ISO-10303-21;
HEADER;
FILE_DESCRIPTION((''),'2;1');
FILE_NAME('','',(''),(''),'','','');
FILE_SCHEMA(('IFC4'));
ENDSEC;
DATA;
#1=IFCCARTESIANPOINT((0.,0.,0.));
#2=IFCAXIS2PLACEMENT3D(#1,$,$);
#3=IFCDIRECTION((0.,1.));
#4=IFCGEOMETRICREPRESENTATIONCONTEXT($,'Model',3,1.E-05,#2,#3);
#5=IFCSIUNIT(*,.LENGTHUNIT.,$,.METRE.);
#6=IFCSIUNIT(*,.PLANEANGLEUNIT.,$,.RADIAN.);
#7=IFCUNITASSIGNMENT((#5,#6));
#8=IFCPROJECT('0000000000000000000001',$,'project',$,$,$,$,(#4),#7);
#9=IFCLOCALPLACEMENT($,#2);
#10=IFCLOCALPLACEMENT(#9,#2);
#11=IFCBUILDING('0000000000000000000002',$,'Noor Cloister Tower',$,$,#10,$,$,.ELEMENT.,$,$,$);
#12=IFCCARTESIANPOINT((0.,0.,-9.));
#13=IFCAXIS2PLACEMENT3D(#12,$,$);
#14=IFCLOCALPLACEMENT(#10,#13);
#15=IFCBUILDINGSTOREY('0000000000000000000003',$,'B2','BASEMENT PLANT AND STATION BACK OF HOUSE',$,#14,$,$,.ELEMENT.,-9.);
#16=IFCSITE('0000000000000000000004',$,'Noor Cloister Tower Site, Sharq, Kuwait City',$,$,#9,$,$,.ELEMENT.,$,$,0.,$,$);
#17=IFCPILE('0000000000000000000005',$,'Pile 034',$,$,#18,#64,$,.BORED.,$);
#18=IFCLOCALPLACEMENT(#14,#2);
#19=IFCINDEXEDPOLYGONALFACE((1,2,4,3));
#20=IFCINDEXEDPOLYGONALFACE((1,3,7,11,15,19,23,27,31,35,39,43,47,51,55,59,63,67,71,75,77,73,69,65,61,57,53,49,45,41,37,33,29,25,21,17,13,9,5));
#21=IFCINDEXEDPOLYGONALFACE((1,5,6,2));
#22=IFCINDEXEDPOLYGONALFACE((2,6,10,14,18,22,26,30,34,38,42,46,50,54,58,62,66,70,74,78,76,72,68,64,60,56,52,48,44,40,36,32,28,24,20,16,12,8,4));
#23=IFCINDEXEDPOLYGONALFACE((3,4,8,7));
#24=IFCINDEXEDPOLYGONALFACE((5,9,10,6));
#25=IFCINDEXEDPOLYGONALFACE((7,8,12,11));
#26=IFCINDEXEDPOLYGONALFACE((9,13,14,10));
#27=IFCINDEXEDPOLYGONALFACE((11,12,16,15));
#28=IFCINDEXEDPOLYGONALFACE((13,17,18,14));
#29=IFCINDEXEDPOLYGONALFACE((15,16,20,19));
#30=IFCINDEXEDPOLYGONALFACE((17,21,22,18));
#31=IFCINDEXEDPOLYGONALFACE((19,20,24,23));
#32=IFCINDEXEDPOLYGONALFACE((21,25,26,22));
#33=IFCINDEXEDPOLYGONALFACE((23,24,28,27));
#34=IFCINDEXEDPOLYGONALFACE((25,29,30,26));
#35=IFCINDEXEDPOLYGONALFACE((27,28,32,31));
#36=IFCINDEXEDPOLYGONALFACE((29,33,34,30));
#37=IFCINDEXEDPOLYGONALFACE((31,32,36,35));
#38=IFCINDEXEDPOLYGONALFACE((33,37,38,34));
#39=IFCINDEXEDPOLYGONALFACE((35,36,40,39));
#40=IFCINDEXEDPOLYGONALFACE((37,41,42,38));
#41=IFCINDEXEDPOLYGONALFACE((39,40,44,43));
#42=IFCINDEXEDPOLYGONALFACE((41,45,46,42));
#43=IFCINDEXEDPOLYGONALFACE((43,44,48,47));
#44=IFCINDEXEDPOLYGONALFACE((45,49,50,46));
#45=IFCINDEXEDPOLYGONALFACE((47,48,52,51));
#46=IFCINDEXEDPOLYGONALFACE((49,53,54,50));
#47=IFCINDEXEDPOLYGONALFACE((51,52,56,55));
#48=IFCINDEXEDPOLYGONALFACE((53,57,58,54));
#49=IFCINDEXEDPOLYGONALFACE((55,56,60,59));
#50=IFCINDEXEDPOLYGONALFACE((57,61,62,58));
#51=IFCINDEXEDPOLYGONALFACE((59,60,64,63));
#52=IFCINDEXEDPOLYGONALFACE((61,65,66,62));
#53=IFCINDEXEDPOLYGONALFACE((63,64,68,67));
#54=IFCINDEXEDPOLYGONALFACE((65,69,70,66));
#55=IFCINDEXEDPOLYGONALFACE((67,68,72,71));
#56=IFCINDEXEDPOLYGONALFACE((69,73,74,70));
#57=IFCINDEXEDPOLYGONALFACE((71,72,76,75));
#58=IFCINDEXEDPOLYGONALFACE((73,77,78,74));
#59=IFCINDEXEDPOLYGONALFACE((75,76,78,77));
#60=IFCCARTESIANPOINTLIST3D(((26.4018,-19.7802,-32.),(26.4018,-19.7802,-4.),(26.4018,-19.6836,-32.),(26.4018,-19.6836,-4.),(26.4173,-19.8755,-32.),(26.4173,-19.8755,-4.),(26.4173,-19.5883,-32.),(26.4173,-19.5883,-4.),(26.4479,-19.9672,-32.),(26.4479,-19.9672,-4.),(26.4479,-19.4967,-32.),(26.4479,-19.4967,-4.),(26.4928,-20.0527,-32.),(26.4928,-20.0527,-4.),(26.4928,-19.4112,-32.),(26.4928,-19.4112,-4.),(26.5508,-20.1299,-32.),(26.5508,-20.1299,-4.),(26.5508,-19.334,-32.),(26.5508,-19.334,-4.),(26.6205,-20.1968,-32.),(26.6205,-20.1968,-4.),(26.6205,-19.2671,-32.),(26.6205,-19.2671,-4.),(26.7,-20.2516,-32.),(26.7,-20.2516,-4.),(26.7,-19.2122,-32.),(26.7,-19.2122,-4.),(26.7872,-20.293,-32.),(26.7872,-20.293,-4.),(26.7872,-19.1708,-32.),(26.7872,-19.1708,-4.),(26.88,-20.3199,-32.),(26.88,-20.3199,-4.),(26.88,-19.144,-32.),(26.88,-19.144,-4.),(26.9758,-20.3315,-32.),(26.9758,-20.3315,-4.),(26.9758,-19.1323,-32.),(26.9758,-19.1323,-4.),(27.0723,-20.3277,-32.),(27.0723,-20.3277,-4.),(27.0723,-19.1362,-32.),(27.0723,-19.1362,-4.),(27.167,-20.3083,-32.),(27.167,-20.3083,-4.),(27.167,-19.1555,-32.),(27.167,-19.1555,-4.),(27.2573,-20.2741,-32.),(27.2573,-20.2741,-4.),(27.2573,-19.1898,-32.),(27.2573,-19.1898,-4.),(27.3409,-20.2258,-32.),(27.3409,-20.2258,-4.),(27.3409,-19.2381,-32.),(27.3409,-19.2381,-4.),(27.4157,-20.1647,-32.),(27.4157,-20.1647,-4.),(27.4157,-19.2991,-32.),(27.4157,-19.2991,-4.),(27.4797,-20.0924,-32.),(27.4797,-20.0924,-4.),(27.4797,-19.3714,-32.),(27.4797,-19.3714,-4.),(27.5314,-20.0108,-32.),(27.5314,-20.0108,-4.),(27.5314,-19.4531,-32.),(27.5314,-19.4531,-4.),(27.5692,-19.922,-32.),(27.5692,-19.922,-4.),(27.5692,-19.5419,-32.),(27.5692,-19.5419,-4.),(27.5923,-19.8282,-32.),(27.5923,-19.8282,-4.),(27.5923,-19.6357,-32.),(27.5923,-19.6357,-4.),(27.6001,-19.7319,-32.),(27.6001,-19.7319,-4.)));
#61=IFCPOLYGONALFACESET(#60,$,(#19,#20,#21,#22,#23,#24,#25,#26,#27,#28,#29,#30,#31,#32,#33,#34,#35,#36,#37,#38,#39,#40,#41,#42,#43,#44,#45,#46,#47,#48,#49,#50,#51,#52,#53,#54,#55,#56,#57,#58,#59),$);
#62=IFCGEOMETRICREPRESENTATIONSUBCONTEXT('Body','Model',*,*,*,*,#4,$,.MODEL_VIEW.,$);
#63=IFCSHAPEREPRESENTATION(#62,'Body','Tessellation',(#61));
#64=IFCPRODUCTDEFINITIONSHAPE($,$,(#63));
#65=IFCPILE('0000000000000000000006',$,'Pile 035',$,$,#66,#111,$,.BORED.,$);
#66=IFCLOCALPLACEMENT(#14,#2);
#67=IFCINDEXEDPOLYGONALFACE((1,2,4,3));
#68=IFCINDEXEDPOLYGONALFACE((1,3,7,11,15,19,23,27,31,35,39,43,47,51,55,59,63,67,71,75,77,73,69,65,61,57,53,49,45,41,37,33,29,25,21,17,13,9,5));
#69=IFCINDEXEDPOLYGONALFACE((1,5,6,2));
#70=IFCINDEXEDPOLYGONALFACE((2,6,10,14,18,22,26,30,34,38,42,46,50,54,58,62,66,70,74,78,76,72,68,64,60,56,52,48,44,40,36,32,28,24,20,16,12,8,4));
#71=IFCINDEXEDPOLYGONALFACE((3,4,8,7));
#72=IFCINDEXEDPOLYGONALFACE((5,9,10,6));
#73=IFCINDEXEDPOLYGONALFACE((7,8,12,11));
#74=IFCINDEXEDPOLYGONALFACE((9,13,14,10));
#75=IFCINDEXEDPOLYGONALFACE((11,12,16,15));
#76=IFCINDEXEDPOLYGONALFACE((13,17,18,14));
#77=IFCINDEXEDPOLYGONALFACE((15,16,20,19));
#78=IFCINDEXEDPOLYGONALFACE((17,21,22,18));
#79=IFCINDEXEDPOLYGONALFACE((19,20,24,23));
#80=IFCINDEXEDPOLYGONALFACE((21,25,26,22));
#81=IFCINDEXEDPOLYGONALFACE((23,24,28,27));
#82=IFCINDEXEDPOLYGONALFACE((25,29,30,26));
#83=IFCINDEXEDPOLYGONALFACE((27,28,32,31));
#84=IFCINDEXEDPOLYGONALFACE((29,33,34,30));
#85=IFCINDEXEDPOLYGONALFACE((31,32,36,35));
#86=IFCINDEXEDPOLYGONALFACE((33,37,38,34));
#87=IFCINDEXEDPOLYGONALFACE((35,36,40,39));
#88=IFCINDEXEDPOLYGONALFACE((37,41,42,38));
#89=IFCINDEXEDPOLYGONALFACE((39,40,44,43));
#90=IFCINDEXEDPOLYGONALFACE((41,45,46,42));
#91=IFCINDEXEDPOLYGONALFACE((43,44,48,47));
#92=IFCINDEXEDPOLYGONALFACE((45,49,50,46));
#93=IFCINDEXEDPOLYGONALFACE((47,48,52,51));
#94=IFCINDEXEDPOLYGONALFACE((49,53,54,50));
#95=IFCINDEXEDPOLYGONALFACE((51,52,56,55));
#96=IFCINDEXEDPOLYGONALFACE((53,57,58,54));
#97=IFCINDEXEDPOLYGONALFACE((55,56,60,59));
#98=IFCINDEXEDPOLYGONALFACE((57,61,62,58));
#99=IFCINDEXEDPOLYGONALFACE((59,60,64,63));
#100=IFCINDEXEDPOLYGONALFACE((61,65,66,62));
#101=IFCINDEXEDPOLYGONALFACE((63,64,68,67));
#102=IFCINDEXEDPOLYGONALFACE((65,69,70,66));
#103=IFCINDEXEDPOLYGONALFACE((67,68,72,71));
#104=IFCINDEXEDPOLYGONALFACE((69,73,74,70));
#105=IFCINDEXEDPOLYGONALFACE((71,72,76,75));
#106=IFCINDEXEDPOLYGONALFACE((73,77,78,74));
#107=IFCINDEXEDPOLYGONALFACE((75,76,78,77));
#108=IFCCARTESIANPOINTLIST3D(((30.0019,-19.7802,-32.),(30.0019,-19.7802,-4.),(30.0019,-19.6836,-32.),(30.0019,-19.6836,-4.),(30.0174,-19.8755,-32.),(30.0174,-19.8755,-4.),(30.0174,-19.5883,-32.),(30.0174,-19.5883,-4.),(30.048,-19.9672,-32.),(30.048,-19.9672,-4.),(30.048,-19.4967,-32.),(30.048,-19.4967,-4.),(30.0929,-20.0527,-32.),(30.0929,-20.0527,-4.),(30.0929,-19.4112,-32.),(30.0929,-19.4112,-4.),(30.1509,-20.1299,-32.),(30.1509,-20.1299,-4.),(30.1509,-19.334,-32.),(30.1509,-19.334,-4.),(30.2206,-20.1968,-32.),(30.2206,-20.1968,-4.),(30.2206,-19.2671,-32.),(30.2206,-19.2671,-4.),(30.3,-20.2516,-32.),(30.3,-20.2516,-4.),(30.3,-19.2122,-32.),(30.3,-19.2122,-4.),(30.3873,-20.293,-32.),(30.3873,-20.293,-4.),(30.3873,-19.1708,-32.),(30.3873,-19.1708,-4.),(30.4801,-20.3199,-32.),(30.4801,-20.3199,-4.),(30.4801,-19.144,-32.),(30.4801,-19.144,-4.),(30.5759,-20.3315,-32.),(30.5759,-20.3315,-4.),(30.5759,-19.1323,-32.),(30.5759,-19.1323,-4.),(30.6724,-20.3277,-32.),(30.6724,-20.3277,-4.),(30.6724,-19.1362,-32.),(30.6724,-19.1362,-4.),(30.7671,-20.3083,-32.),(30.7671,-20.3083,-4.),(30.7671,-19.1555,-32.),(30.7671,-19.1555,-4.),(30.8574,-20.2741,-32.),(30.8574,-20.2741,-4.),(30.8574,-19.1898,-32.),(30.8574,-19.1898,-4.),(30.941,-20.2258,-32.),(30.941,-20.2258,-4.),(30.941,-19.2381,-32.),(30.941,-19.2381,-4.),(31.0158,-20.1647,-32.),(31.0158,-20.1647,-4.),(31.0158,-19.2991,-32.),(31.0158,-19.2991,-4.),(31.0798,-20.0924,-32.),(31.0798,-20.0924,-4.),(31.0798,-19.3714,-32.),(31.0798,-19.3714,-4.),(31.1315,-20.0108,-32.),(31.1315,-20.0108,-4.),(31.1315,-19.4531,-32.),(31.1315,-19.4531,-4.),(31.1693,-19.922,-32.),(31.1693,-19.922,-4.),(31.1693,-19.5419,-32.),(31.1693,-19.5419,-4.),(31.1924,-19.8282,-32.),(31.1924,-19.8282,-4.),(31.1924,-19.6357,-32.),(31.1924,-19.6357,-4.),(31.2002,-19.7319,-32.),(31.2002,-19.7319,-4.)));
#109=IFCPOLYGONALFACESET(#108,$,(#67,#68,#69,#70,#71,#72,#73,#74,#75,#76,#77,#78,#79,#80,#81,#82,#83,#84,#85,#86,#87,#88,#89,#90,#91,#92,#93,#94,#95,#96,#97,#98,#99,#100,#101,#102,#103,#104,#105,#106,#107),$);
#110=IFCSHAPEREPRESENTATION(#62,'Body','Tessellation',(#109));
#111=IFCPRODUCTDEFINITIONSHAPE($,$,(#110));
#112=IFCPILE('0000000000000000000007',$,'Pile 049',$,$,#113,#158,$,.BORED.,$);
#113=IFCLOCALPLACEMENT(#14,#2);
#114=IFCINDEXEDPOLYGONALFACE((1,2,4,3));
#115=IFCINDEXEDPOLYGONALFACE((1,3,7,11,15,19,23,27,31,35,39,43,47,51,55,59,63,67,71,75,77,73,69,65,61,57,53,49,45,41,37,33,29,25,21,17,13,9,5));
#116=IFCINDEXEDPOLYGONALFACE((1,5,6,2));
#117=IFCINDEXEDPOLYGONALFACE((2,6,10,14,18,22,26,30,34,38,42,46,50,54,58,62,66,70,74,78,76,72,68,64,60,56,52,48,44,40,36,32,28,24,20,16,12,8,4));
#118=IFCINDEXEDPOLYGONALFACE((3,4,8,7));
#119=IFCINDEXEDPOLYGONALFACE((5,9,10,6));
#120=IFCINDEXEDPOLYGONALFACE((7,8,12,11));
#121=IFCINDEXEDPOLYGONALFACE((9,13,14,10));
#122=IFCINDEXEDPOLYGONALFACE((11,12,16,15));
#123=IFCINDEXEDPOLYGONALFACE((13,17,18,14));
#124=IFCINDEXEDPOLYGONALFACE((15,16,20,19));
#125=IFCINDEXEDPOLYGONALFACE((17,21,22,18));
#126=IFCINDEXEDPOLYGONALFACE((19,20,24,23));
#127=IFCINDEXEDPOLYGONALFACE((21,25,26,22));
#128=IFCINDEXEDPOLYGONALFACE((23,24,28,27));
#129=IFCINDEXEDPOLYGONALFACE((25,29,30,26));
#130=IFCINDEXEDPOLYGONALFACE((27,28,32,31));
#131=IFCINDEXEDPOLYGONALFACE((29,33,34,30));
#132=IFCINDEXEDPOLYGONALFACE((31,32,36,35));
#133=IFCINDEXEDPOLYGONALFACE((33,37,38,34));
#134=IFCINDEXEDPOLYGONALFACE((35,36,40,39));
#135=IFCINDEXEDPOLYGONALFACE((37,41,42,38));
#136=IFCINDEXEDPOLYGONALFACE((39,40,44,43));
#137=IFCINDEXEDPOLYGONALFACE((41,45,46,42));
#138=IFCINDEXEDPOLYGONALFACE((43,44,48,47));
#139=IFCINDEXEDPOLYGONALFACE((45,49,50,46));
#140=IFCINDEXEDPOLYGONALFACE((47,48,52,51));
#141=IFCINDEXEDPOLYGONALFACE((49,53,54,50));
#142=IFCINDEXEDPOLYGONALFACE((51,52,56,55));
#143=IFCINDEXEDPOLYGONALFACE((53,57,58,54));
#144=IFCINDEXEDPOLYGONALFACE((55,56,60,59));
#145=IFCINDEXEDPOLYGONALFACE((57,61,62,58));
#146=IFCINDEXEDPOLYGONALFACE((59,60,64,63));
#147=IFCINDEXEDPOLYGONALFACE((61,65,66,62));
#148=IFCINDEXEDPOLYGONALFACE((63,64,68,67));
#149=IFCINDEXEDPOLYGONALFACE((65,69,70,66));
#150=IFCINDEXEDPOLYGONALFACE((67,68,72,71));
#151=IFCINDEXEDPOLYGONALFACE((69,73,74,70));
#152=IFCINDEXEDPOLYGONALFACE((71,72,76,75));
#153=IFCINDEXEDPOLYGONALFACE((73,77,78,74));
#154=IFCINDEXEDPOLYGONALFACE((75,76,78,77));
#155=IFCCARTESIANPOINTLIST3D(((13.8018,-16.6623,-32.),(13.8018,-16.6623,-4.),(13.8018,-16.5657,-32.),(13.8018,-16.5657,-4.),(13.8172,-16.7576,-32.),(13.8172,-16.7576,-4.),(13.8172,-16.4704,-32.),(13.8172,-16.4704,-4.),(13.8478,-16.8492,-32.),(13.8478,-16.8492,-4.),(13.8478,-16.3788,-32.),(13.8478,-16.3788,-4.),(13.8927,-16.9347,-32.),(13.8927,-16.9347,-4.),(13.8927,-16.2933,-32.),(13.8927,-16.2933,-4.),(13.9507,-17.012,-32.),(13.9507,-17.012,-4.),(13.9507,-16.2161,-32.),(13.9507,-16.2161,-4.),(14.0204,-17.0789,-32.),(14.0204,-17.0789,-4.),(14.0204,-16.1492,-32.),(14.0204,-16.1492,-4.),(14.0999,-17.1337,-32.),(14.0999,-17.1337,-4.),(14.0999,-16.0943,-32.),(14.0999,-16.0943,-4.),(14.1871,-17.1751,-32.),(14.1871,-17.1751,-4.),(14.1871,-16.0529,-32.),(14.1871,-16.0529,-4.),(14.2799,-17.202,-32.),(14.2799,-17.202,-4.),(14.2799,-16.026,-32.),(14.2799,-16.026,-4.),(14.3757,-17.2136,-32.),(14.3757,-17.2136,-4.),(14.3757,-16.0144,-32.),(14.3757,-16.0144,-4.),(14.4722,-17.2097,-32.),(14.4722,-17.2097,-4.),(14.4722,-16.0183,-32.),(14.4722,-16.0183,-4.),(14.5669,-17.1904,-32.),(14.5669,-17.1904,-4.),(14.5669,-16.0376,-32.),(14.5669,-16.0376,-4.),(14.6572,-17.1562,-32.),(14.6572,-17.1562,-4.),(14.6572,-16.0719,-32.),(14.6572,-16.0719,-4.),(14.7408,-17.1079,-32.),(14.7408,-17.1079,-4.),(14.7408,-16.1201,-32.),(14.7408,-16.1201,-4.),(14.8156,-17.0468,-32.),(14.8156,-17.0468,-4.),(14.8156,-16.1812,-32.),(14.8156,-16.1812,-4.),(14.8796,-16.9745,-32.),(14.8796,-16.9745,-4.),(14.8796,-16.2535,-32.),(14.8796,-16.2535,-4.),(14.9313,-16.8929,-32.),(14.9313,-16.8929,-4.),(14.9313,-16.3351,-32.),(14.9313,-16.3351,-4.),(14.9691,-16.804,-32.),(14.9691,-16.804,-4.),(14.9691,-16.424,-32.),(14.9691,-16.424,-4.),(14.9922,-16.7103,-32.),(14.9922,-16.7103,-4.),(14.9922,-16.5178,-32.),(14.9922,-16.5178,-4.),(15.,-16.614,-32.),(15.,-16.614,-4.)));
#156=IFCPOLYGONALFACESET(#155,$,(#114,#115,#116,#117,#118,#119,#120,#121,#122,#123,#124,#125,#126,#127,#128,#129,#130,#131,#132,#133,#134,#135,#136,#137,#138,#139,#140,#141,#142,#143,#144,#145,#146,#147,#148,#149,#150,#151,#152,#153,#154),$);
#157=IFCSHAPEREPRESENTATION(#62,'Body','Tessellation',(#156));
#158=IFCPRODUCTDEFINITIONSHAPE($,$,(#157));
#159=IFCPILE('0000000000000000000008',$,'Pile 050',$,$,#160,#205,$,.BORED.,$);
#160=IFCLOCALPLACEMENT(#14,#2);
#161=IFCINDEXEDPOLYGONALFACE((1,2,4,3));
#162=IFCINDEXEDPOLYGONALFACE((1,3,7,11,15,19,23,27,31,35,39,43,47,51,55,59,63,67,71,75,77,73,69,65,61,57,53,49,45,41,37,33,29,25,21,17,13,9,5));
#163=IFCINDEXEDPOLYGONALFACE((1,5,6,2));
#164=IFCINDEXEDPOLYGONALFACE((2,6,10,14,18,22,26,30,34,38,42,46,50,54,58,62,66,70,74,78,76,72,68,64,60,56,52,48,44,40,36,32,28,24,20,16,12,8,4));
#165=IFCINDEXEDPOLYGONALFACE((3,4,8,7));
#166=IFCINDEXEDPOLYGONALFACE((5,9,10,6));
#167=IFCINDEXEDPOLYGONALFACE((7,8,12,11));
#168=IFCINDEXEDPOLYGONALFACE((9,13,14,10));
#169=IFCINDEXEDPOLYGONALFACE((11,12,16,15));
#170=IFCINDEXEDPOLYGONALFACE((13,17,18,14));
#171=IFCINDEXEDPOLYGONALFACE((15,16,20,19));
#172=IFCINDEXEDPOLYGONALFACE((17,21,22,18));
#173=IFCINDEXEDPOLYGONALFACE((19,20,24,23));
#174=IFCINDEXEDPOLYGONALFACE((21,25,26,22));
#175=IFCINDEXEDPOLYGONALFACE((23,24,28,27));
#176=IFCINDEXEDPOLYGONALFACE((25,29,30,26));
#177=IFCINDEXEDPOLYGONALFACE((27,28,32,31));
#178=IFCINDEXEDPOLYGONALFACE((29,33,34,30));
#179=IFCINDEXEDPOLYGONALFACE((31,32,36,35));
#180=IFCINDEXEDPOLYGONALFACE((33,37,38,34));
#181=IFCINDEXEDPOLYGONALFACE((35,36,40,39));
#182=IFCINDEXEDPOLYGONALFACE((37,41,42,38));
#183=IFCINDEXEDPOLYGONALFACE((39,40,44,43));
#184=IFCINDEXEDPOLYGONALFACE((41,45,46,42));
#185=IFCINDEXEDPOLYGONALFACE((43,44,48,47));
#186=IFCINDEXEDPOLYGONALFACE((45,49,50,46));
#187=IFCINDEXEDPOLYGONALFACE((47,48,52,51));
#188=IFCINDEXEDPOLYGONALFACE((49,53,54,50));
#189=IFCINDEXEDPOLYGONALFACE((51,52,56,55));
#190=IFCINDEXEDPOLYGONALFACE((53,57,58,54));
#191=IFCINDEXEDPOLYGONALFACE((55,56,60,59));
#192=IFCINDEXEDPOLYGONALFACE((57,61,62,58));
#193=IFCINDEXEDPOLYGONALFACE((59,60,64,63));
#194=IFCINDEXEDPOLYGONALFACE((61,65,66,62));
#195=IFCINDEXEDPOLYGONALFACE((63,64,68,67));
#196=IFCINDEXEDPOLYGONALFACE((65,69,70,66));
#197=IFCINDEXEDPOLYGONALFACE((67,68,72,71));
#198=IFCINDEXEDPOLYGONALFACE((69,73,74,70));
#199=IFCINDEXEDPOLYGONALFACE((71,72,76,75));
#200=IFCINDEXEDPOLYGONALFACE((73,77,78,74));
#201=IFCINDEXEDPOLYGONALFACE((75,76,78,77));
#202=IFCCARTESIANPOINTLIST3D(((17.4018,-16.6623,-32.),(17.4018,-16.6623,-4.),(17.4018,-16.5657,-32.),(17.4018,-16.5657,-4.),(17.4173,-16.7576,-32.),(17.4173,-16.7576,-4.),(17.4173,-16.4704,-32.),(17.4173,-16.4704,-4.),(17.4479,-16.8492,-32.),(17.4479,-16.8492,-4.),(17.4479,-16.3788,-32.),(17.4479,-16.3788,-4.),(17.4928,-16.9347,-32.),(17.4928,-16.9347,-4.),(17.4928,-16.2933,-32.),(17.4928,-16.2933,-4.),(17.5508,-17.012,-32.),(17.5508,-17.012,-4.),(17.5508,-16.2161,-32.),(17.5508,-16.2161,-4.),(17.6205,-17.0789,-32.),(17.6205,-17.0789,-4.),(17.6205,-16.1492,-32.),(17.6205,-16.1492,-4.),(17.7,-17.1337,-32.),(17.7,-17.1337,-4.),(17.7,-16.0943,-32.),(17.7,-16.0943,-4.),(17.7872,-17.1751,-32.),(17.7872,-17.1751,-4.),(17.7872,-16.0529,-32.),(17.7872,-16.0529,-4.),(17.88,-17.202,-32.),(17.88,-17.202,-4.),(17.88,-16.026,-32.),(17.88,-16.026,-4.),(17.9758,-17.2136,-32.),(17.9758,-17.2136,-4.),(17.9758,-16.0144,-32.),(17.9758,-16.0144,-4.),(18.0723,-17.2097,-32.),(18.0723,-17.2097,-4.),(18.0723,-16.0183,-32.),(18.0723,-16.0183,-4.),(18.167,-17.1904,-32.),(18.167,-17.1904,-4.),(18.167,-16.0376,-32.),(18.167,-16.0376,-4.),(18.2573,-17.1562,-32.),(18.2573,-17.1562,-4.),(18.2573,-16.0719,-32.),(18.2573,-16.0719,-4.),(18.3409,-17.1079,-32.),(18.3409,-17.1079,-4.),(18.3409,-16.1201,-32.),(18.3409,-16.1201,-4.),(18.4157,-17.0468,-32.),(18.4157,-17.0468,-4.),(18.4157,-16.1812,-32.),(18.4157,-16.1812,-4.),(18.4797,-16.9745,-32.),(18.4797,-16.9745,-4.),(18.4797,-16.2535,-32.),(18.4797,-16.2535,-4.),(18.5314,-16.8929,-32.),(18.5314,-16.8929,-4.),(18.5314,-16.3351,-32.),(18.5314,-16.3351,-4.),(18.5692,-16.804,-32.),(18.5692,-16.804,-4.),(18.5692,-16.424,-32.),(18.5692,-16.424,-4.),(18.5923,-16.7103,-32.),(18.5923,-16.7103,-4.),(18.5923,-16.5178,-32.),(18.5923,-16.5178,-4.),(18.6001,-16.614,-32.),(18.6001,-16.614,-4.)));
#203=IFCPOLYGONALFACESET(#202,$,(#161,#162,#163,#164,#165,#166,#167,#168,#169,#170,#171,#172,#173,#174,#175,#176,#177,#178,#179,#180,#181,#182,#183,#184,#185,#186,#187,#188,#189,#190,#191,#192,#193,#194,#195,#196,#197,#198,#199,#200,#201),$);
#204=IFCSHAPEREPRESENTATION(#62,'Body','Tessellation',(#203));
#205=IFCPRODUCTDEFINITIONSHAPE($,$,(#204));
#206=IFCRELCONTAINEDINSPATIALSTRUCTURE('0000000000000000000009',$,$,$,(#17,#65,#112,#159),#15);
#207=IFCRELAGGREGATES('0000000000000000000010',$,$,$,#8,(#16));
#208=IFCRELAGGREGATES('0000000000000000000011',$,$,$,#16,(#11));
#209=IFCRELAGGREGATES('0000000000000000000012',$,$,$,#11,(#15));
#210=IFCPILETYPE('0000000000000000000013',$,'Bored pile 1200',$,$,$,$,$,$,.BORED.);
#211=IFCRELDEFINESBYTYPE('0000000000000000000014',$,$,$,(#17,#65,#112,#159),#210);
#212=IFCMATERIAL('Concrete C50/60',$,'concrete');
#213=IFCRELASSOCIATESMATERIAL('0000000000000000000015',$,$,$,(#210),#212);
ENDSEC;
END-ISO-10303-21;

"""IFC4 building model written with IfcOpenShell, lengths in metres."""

from ifc_helpers import new_model, si_unit, direction, frame, origin, origin_2d, place, context, subcontext, project, spatial, circle, extrude, material, material_profile, profile_set, type_object, element, save


model = new_model("IFC4")

# Units and contexts
model_context = context("Model", 3, precision=1e-05, world=origin(), true_north=direction((0.0, 1.0)))
body_context = subcontext(model_context, "Body", "Model", "MODEL_VIEW")
ifc_project = project(units=[si_unit("LENGTHUNIT", "METRE"), si_unit("PLANEANGLEUNIT", "RADIAN")], contexts=[model_context])

# Site, building, storey
site_placement = place(None, origin())
site = spatial("IfcSite", under=ifc_project, at=site_placement, Name="Noor Cloister Tower Site, Sharq, Kuwait City", CompositionType="ELEMENT", RefElevation=0.0)
building_placement = place(site_placement, origin())
building = spatial("IfcBuilding", under=site, at=building_placement, Name="Noor Cloister Tower", CompositionType="ELEMENT")
storey_placement = place(building_placement, frame((0.0, 0.0, -9.0)))
storey = spatial("IfcBuildingStorey", under=building, at=storey_placement, Name="B2", Description="BASEMENT PLANT AND STATION BACK OF HOUSE", CompositionType="ELEMENT", Elevation=-9.0)

# Piles
ifc_material_1 = material(Name="Concrete C50/60", Category="concrete")
ifc_material_profile_1 = material_profile(ifc_material_1, circle(Radius=0.6001, at=origin_2d()), Name="Bored pile 1200")
ifc_profile_set_1 = profile_set([ifc_material_profile_1], Name="Concrete C50/60")
pile_type = type_object("IfcPileType", Name="Bored pile 1200", PredefinedType="BORED", material=ifc_profile_set_1)
for number, where, z_axis, x_axis, name in (
    (1, (27.0, -19.7319, -4.0), (0.0, 0.0, -1.0), (1.0, 0.0, 0.0), "Pile 034"),
    (2, (30.6001, -19.7319, -4.0), (0.0, 0.0, -1.0), (1.0, 0.0, 0.0), "Pile 035"),
    (3, (14.3999, -16.614, -4.0), (0.0, 0.0, -1.0), (1.0, 0.0, 0.0), "Pile 049"),
    (4, (18.0, -16.614, -4.0), (0.0, 0.0, -1.0), (1.0, 0.0, 0.0), "Pile 050"),
):
    element("IfcPile", number, at=place(storey_placement, frame(where, z_axis=z_axis, x_axis=x_axis)), inside=storey, type_object=pile_type, Name=name, PredefinedType="BORED", context=body_context, shape_type="SweptSolid", body=[
        extrude(circle(Radius=0.6001, at=origin_2d()), origin(), (0.0, 0.0, 1.0), 28.0),
    ])

save(model, "model.ifc")
